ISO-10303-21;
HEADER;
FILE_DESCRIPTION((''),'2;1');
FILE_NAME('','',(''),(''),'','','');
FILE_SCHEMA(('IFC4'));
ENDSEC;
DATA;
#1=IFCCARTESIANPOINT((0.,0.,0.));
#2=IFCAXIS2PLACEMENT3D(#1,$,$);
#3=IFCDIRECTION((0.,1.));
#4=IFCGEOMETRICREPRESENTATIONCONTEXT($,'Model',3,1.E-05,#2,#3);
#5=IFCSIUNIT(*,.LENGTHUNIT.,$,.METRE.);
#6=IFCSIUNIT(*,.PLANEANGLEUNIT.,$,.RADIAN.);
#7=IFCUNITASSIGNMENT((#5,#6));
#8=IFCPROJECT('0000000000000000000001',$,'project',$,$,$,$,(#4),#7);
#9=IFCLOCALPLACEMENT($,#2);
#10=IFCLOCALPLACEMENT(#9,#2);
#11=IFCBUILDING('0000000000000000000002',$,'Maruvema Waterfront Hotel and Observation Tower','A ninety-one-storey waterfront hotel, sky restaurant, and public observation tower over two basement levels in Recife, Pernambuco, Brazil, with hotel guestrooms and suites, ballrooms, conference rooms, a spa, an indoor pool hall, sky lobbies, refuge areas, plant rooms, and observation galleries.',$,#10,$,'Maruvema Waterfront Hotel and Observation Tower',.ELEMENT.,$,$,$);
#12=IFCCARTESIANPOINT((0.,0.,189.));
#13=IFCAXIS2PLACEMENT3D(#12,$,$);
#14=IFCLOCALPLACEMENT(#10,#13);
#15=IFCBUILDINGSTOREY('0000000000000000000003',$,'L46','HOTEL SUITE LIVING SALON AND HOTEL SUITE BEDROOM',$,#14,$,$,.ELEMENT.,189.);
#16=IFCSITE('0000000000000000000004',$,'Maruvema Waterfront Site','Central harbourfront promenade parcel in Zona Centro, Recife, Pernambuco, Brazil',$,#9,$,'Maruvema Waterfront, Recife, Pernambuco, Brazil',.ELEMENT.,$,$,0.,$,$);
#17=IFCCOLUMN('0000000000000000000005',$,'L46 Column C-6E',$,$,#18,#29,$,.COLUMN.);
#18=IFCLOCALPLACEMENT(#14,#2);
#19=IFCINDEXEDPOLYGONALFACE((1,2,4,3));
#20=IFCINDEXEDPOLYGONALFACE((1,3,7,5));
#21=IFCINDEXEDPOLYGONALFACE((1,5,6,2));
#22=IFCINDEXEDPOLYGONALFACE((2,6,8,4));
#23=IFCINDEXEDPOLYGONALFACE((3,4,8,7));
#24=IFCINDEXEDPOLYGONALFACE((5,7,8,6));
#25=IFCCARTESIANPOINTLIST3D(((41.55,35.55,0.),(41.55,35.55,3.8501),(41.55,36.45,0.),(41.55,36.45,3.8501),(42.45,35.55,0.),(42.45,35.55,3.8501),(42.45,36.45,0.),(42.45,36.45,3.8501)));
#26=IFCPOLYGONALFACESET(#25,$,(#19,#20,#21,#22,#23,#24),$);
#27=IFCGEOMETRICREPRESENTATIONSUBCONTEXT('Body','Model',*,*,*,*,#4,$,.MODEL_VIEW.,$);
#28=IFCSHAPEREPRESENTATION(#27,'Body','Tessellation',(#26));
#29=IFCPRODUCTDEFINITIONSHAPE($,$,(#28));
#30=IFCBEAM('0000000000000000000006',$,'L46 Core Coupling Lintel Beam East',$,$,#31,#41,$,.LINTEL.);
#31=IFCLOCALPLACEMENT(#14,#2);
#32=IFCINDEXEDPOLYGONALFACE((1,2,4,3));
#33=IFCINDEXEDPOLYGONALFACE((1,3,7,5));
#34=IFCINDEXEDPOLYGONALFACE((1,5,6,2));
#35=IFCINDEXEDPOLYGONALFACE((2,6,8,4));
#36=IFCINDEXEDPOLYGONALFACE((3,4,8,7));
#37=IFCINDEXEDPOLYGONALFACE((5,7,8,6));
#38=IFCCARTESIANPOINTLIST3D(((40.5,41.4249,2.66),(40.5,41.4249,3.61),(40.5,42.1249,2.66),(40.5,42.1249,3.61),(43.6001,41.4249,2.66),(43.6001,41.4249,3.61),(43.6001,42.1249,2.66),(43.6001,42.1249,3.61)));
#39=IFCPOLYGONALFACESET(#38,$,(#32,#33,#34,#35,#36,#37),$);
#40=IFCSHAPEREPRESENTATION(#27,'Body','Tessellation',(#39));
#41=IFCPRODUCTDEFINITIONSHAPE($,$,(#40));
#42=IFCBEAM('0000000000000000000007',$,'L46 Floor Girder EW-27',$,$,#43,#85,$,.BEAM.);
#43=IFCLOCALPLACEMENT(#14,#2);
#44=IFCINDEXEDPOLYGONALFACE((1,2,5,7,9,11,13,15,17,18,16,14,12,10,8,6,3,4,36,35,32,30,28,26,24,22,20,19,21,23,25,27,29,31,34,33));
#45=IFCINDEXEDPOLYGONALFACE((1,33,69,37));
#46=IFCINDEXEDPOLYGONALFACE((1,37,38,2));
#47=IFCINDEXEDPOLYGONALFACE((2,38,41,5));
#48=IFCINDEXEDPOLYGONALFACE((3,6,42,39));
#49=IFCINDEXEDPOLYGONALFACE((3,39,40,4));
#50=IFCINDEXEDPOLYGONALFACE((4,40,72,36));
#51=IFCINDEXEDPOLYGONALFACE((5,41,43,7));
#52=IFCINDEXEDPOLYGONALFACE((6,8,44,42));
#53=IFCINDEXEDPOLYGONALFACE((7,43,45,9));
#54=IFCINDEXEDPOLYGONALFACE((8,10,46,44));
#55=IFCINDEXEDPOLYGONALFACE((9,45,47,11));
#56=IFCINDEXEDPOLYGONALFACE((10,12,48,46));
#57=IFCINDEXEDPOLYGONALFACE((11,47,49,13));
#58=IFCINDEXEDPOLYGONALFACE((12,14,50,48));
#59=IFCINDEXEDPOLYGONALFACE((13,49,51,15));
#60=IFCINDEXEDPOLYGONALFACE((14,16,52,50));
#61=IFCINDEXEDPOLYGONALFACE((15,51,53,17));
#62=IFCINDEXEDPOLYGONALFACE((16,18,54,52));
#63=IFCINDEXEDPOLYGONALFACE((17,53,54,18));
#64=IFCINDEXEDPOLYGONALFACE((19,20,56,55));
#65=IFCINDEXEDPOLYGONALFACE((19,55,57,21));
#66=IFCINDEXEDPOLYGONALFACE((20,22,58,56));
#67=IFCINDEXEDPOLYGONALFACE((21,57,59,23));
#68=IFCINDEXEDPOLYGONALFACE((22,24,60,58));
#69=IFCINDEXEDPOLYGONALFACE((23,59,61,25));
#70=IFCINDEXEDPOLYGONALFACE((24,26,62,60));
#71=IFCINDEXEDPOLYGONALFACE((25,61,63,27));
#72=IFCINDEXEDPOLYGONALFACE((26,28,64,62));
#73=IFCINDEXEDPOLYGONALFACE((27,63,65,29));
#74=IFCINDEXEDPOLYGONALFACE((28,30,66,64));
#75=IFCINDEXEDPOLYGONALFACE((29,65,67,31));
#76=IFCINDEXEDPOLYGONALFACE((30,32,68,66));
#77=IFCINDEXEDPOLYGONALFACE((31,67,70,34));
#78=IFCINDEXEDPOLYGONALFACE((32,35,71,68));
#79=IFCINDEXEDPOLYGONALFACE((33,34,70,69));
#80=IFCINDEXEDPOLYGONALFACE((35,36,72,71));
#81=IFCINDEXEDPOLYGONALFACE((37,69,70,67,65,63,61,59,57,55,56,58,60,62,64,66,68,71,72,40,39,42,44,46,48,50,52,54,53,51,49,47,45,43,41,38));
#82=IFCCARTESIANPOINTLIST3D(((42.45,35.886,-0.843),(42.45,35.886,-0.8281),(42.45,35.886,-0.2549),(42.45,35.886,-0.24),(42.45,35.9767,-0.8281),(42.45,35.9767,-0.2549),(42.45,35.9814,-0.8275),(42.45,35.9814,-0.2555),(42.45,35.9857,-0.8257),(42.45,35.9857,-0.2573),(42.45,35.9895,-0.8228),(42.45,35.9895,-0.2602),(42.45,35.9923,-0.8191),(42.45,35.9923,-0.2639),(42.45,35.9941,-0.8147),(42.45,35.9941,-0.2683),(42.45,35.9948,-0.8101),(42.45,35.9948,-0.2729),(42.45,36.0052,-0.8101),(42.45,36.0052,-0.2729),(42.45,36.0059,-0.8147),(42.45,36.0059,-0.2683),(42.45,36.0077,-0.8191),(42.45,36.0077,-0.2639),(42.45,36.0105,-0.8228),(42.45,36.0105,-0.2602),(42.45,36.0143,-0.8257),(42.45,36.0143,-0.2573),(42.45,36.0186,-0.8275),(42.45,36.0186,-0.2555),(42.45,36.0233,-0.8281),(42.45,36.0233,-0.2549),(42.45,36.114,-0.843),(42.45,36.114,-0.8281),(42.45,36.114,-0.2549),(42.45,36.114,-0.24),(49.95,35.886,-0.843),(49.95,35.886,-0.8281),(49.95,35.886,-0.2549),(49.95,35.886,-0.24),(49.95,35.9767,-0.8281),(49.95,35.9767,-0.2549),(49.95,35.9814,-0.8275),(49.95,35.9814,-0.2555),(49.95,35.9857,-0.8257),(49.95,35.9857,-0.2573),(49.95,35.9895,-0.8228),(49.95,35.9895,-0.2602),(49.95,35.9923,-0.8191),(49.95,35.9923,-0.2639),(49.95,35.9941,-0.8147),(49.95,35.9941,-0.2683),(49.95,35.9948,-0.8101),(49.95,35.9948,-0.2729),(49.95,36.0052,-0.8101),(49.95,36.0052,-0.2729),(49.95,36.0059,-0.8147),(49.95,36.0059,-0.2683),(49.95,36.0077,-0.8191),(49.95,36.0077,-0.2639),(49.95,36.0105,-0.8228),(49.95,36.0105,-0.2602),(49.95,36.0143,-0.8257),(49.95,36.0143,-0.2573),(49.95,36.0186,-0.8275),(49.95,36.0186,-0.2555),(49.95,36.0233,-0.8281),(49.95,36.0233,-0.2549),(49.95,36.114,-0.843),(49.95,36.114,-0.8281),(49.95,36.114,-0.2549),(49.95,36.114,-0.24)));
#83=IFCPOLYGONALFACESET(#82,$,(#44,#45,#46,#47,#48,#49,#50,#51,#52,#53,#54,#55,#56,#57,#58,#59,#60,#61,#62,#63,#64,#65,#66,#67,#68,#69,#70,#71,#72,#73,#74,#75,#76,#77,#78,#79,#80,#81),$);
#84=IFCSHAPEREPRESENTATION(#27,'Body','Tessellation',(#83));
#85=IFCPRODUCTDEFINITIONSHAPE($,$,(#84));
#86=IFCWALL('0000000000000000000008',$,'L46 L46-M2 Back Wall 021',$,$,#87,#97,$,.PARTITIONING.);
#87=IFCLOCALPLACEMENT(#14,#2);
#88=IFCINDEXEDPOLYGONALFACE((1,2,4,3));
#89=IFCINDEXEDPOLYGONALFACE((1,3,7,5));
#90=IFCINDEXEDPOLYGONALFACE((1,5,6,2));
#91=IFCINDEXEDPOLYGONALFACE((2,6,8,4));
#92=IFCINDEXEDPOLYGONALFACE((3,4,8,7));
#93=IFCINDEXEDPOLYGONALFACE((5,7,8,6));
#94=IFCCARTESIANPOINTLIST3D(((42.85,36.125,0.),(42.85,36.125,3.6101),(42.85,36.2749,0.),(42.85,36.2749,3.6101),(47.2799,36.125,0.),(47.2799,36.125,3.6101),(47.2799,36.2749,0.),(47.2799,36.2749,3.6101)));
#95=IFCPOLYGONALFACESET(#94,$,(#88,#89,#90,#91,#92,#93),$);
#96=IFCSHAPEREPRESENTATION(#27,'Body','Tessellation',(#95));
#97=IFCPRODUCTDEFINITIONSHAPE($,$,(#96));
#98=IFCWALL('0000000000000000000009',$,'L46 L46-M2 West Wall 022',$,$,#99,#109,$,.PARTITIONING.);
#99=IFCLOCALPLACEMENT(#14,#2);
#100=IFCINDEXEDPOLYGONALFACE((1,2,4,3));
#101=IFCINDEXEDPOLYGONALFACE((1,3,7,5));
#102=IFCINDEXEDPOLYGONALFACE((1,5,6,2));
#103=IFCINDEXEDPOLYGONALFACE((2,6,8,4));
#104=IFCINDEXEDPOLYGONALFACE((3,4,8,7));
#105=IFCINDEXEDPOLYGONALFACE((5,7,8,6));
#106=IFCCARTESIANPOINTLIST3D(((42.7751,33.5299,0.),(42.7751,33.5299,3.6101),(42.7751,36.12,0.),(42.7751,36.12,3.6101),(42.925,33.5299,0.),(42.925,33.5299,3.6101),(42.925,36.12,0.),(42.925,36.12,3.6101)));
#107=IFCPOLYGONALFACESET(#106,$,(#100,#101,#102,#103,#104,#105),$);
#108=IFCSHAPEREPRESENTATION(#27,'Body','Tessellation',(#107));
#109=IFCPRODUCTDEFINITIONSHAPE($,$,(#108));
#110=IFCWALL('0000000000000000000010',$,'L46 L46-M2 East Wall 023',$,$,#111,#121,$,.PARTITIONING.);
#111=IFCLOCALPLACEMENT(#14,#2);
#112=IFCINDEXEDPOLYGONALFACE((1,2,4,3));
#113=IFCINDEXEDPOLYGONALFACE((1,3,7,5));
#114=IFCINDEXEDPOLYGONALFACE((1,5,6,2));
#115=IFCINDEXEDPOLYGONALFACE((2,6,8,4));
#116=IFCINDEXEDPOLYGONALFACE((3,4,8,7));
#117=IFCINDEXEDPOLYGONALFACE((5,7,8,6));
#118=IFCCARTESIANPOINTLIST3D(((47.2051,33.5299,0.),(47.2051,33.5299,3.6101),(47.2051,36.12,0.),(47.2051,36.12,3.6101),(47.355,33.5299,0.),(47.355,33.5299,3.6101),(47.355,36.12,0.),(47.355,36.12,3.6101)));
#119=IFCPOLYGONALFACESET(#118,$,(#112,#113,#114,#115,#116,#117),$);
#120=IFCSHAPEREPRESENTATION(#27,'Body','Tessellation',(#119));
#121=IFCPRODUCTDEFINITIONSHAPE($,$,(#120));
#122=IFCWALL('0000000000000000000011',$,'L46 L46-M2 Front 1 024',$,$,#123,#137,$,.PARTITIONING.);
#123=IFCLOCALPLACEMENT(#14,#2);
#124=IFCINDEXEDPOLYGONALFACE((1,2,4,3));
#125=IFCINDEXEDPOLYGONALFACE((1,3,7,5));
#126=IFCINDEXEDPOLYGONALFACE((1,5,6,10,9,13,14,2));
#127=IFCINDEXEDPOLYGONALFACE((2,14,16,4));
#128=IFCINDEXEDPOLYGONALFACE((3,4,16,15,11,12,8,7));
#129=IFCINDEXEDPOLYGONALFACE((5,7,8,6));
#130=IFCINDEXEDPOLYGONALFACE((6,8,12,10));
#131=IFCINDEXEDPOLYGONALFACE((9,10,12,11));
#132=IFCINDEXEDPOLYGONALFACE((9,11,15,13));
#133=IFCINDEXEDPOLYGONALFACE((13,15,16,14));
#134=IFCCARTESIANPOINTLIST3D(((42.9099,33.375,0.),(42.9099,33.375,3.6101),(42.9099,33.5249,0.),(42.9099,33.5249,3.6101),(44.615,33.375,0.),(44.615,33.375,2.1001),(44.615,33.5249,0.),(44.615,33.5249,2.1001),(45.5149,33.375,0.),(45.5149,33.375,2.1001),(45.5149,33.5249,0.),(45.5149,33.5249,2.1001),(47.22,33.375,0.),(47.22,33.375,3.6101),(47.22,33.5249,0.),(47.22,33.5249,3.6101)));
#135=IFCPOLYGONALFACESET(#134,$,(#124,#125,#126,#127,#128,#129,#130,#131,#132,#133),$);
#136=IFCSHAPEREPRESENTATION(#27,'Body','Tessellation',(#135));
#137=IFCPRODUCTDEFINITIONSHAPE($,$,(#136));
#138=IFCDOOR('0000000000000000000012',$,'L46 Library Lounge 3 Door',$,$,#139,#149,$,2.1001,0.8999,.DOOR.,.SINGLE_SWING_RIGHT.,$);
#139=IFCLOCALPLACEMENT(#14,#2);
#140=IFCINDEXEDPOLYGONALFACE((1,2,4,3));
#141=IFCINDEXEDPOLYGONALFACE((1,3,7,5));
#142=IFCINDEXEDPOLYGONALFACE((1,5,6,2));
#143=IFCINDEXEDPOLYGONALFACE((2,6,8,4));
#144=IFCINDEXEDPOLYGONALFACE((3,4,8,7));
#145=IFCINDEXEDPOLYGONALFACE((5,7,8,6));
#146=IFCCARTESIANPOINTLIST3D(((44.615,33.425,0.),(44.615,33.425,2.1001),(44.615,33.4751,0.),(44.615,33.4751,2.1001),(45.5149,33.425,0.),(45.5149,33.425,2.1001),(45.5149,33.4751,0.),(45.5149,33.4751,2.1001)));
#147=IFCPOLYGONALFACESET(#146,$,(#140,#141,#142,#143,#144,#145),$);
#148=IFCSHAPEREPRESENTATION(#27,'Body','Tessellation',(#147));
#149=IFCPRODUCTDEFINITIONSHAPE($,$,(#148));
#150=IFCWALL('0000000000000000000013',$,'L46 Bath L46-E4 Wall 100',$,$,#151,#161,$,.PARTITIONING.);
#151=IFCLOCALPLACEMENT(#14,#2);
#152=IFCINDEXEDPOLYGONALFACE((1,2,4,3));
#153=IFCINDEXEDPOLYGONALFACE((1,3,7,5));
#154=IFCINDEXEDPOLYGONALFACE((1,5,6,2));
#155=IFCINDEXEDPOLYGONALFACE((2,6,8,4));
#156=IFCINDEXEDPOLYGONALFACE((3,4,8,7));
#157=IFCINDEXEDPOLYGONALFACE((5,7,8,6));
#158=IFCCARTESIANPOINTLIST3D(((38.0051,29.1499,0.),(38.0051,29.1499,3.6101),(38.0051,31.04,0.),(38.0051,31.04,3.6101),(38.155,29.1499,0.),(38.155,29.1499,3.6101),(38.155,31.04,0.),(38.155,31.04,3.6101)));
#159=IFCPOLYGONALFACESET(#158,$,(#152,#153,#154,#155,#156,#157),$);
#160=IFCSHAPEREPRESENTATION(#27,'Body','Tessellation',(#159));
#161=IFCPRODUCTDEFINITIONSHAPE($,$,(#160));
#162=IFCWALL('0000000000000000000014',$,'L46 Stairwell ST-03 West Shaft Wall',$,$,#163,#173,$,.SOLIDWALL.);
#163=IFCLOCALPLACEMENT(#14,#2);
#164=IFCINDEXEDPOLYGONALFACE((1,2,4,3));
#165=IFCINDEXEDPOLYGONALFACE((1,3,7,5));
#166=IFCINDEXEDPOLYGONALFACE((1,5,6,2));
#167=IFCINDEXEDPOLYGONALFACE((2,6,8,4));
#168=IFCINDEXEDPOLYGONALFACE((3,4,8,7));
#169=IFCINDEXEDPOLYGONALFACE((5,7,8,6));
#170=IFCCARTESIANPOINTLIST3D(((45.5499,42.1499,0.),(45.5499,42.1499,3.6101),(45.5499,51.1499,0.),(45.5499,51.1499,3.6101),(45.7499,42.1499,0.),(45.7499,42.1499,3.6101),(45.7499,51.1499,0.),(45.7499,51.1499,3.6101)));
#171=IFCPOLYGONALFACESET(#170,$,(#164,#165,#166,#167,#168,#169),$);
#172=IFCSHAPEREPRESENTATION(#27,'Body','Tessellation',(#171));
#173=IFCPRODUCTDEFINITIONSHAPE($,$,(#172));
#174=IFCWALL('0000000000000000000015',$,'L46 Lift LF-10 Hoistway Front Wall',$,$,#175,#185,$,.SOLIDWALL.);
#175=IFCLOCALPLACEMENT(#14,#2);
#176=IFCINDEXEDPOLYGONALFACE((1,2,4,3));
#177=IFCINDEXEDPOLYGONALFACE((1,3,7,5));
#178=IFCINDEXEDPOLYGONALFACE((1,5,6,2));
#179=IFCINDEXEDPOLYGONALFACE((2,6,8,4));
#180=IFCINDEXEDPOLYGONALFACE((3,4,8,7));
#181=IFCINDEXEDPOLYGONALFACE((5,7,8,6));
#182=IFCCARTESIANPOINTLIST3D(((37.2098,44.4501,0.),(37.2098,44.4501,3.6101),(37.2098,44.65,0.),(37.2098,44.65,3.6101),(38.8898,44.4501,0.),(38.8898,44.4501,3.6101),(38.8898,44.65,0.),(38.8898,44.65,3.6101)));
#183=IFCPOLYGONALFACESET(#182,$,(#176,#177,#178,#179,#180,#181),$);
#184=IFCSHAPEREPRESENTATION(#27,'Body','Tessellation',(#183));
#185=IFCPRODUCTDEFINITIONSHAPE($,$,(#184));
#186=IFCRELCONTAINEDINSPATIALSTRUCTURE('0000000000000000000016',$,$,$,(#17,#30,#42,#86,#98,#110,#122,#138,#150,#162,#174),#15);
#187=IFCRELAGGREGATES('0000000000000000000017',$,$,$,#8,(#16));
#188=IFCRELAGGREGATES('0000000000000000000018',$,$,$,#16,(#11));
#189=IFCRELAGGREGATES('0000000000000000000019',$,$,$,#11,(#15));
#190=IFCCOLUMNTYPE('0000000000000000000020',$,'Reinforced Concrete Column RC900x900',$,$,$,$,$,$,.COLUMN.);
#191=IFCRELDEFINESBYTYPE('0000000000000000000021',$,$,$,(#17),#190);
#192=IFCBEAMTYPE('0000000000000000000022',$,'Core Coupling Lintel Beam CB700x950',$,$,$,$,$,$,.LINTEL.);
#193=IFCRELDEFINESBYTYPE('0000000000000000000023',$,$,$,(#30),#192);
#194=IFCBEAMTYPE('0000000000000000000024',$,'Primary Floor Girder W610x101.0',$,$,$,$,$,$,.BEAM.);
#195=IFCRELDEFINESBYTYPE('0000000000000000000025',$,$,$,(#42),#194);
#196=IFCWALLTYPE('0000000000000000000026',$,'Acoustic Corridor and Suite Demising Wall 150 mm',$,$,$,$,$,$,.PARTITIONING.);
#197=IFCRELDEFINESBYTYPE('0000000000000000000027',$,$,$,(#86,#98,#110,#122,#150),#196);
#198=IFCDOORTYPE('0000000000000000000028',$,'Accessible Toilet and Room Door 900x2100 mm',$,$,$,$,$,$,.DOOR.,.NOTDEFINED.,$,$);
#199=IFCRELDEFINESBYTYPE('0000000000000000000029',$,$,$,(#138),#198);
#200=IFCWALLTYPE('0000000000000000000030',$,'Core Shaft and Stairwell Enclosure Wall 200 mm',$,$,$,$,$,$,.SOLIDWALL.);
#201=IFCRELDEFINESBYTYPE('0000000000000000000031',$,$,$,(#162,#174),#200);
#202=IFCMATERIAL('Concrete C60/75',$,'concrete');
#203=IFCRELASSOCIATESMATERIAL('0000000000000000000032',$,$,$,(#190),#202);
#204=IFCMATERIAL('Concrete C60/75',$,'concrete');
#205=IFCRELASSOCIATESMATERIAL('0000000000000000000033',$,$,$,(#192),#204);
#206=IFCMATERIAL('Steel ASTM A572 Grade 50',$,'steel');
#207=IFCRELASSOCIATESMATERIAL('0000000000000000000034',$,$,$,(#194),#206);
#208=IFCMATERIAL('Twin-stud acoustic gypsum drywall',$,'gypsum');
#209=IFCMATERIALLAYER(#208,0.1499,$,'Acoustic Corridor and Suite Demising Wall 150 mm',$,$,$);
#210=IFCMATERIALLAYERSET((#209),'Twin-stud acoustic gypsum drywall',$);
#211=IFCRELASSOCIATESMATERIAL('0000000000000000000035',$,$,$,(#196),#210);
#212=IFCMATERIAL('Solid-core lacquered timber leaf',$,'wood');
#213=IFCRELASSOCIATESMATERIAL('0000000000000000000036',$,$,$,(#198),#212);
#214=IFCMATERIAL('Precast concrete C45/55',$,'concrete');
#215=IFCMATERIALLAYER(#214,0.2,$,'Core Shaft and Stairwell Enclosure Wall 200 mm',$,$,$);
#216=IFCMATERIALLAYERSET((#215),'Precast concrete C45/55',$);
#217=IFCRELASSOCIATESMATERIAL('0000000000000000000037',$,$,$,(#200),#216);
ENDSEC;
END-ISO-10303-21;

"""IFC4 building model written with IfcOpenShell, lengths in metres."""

from ifc_helpers import new_model, si_unit, direction, frame, frame_2d, origin, origin_2d, place, context, subcontext, project, spatial, rectangle, i_section, extrude, material, layer, layer_set, material_profile, profile_set, type_object, element, fill, save


model = new_model("IFC4")

# Units and contexts
model_context = context("Model", 3, precision=1e-05, world=origin(), true_north=direction((0.0, 1.0)))
body_context = subcontext(model_context, "Body", "Model", "MODEL_VIEW")
ifc_project = project(units=[si_unit("LENGTHUNIT", "METRE"), si_unit("PLANEANGLEUNIT", "RADIAN")], contexts=[model_context])

# Site, building, storey
site_placement = place(None, origin())
site = spatial("IfcSite", under=ifc_project, at=site_placement, Name="Maruvema Waterfront Site", Description="Central harbourfront promenade parcel in Zona Centro, Recife, Pernambuco, Brazil", LongName="Maruvema Waterfront, Recife, Pernambuco, Brazil", CompositionType="ELEMENT", RefElevation=0.0)
building_placement = place(site_placement, origin())
building = spatial("IfcBuilding", under=site, at=building_placement, Name="Maruvema Waterfront Hotel and Observation Tower", Description="A ninety-one-storey waterfront hotel, sky restaurant, and public observation tower over two basement levels in Recife, Pernambuco, Brazil, with hotel guestrooms and suites, ballrooms, conference rooms, a spa, an indoor pool hall, sky lobbies, refuge areas, plant rooms, and observation galleries.", LongName="Maruvema Waterfront Hotel and Observation Tower", CompositionType="ELEMENT")
storey_placement = place(building_placement, frame((0.0, 0.0, 189.0)))
storey = spatial("IfcBuildingStorey", under=building, at=storey_placement, Name="L46", Description="HOTEL SUITE LIVING SALON AND HOTEL SUITE BEDROOM", CompositionType="ELEMENT", Elevation=189.0)

# Column
ifc_material_1 = material(Name="Concrete C60/75", Category="concrete")
ifc_material_profile_1 = material_profile(ifc_material_1, rectangle(XDim=0.8999, YDim=0.8999, at=origin_2d()), Name="RC900x900")
ifc_profile_set_1 = profile_set([ifc_material_profile_1], Name="Concrete C60/75")
column_type = type_object("IfcColumnType", Name="Reinforced Concrete Column RC900x900", PredefinedType="COLUMN", material=ifc_profile_set_1)
column_placement = place(storey_placement, frame((42.0, 36.0, 0.0), z_axis=(0.0, 0.0, 1.0), x_axis=(1.0, 0.0, 0.0)))
element("IfcColumn", 1, at=column_placement, inside=storey, type_object=column_type, Name="L46 Column C-6E", PredefinedType="COLUMN", context=body_context, shape_type="SweptSolid", body=[
    extrude(rectangle(XDim=0.8999, YDim=0.8999, at=origin_2d()), origin(), (0.0, 0.0, 1.0), 3.8501),
])

# Beams
ifc_material_2 = material(Name="Concrete C60/75", Category="concrete")
ifc_material_profile_2 = material_profile(ifc_material_2, rectangle(XDim=0.7, YDim=0.95, at=origin_2d()), Name="CB700x950")
ifc_profile_set_2 = profile_set([ifc_material_profile_2], Name="Concrete C60/75")
beam_type_1 = type_object("IfcBeamType", Name="Core Coupling Lintel Beam CB700x950", PredefinedType="LINTEL", material=ifc_profile_set_2)
beam_1_placement = place(storey_placement, frame((40.5, 41.7749, 3.135), z_axis=(1.0, 0.0, 0.0), x_axis=(0.0, 1.0, 0.0)))
element("IfcBeam", 2, at=beam_1_placement, inside=storey, type_object=beam_type_1, Name="L46 Core Coupling Lintel Beam East", PredefinedType="LINTEL", context=body_context, shape_type="SweptSolid", body=[
    extrude(rectangle(XDim=0.7, YDim=0.95, at=origin_2d()), origin(), (0.0, 0.0, 1.0), 3.1001),
])
ifc_material_3 = material(Name="Steel ASTM A572 Grade 50", Category="steel")
ifc_material_profile_3 = material_profile(ifc_material_3, i_section(OverallWidth=0.228, OverallDepth=0.603, WebThickness=0.0105, FlangeThickness=0.0149, FilletRadius=0.0181, at=origin_2d()), Name="W610x101.0")
ifc_profile_set_3 = profile_set([ifc_material_profile_3], Name="Steel ASTM A572 Grade 50")
beam_type_2 = type_object("IfcBeamType", Name="Primary Floor Girder W610x101.0", PredefinedType="BEAM", material=ifc_profile_set_3)
beam_2_placement = place(storey_placement, frame((42.45, 36.0, -0.5415), z_axis=(1.0, 0.0, 0.0), x_axis=(0.0, 1.0, 0.0)))
element("IfcBeam", 3, at=beam_2_placement, inside=storey, type_object=beam_type_2, Name="L46 Floor Girder EW-27", PredefinedType="BEAM", context=body_context, shape_type="SweptSolid", body=[
    extrude(i_section(OverallWidth=0.228, OverallDepth=0.603, WebThickness=0.0105, FlangeThickness=0.0149, FilletRadius=0.0181, at=origin_2d()), origin(), (0.0, 0.0, 1.0), 7.5),
])

# Walls
ifc_material_4 = material(Name="Twin-stud acoustic gypsum drywall", Category="gypsum")
ifc_layer_1 = layer(ifc_material_4, 0.1499, Name="Acoustic Corridor and Suite Demising Wall 150 mm")
ifc_layer_set_1 = layer_set([ifc_layer_1], Name="Twin-stud acoustic gypsum drywall")
wall_type_1 = type_object("IfcWallType", Name="Acoustic Corridor and Suite Demising Wall 150 mm", PredefinedType="PARTITIONING", material=ifc_layer_set_1)
wall_1_placement = place(storey_placement, frame((42.8501, 36.2, 0.0), z_axis=(0.0, 0.0, 1.0), x_axis=(1.0, 0.0, 0.0)))
element("IfcWall", 4, at=wall_1_placement, inside=storey, type_object=wall_type_1, Name="L46 L46-M2 Back Wall 021", PredefinedType="PARTITIONING", context=body_context, shape_type="SweptSolid", body=[
    extrude(rectangle(XDim=4.4299, YDim=0.1499, at=frame_2d((2.2148, 0.0))), origin(), (0.0, 0.0, 1.0), 3.6101),
])
for number, where, z_axis, x_axis, name in (
    (5, (42.8501, 33.53, 0.0), (0.0, 0.0, 1.0), (0.0, 1.0, 0.0), "L46 L46-M2 West Wall 022"),
    (6, (47.28, 33.53, 0.0), (0.0, 0.0, 1.0), (0.0, 1.0, 0.0), "L46 L46-M2 East Wall 023"),
):
    element("IfcWall", number, at=place(storey_placement, frame(where, z_axis=z_axis, x_axis=x_axis)), inside=storey, type_object=wall_type_1, Name=name, PredefinedType="PARTITIONING", context=body_context, shape_type="SweptSolid", body=[
        extrude(rectangle(XDim=2.5901, YDim=0.1499, at=frame_2d((1.2949, 0.0))), origin(), (0.0, 0.0, 1.0), 3.6101),
    ])

# Wall, opening, door
wall_2_placement = place(storey_placement, frame((42.9099, 33.45, 0.0), z_axis=(0.0, 0.0, 1.0), x_axis=(1.0, 0.0, 0.0)))
wall_2 = element("IfcWall", 7, at=wall_2_placement, inside=storey, type_object=wall_type_1, Name="L46 L46-M2 Front 1 024", PredefinedType="PARTITIONING", context=body_context, shape_type="SweptSolid", body=[
    extrude(rectangle(XDim=4.3101, YDim=0.1499, at=frame_2d((2.155, 0.0))), origin(), (0.0, 0.0, 1.0), 3.6101),
])
opening_1_placement = place(wall_2_placement, frame((1.7051, 0.0, 0.0)))
opening_1 = element("IfcOpeningElement", 8, at=opening_1_placement, cuts=wall_2, PredefinedType="OPENING", context=body_context, shape_type="SweptSolid", body=[
    extrude(rectangle(XDim=0.8999, YDim=2.1001, at=frame_2d((0.45, 1.05))), frame((0.0, 0.085, 0.0), z_axis=(0.0, -1.0, 0.0), x_axis=(1.0, 0.0, 0.0)), (0.0, 0.0, 1.0), 0.1699),
])
ifc_material_5 = material(Name="Solid-core lacquered timber leaf", Category="wood")
door_type_1 = type_object("IfcDoorType", Name="Accessible Toilet and Room Door 900x2100 mm", OperationType="NOTDEFINED", PredefinedType="DOOR", material=ifc_material_5)
door_1_placement = place(opening_1_placement, frame((0.8999, 0.0, 0.0), z_axis=(0.0, 0.0, 1.0), x_axis=(-1.0, 0.0, 0.0)))
door_1 = element("IfcDoor", 9, at=door_1_placement, inside=storey, type_object=door_type_1, Name="L46 Library Lounge 3 Door", OperationType="SINGLE_SWING_RIGHT", OverallHeight=2.1001, OverallWidth=0.8999, PredefinedType="DOOR", context=body_context, shape_type="SweptSolid", body=[
    extrude(rectangle(XDim=0.8999, YDim=2.1001, at=frame_2d((0.45, 1.05))), frame((0.0, 0.0249, 0.0), z_axis=(0.0, -1.0, 0.0), x_axis=(1.0, 0.0, 0.0)), (0.0, 0.0, 1.0), 0.05),
])
fill(opening_1, door_1)

# Walls
wall_3_placement = place(storey_placement, frame((38.0801, 29.1499, 0.0), z_axis=(0.0, 0.0, 1.0), x_axis=(0.0, 1.0, 0.0)))
element("IfcWall", 10, at=wall_3_placement, inside=storey, type_object=wall_type_1, Name="L46 Bath L46-E4 Wall 100", PredefinedType="PARTITIONING", context=body_context, shape_type="SweptSolid", body=[
    extrude(rectangle(XDim=1.8901, YDim=0.1499, at=frame_2d((0.9451, 0.0))), origin(), (0.0, 0.0, 1.0), 3.6101),
])
ifc_material_6 = material(Name="Precast concrete C45/55", Category="concrete")
ifc_layer_2 = layer(ifc_material_6, 0.2, Name="Core Shaft and Stairwell Enclosure Wall 200 mm")
ifc_layer_set_2 = layer_set([ifc_layer_2], Name="Precast concrete C45/55")
wall_type_2 = type_object("IfcWallType", Name="Core Shaft and Stairwell Enclosure Wall 200 mm", PredefinedType="SOLIDWALL", material=ifc_layer_set_2)
wall_4_placement = place(storey_placement, frame((45.6499, 42.1499, 0.0), z_axis=(0.0, 0.0, 1.0), x_axis=(0.0, 1.0, 0.0)))
element("IfcWall", 11, at=wall_4_placement, inside=storey, type_object=wall_type_2, Name="L46 Stairwell ST-03 West Shaft Wall", PredefinedType="SOLIDWALL", context=body_context, shape_type="SweptSolid", body=[
    extrude(rectangle(XDim=9.0, YDim=0.2, at=frame_2d((4.5, 0.0))), origin(), (0.0, 0.0, 1.0), 3.6101),
])
wall_5_placement = place(storey_placement, frame((37.21, 44.55, 0.0), z_axis=(0.0, 0.0, 1.0), x_axis=(1.0, 0.0, 0.0)))
element("IfcWall", 12, at=wall_5_placement, inside=storey, type_object=wall_type_2, Name="L46 Lift LF-10 Hoistway Front Wall", PredefinedType="SOLIDWALL", context=body_context, shape_type="SweptSolid", body=[
    extrude(rectangle(XDim=1.6799, YDim=0.2, at=frame_2d((0.8398, 0.0))), origin(), (0.0, 0.0, 1.0), 3.6101),
])

save(model, "model.ifc")
